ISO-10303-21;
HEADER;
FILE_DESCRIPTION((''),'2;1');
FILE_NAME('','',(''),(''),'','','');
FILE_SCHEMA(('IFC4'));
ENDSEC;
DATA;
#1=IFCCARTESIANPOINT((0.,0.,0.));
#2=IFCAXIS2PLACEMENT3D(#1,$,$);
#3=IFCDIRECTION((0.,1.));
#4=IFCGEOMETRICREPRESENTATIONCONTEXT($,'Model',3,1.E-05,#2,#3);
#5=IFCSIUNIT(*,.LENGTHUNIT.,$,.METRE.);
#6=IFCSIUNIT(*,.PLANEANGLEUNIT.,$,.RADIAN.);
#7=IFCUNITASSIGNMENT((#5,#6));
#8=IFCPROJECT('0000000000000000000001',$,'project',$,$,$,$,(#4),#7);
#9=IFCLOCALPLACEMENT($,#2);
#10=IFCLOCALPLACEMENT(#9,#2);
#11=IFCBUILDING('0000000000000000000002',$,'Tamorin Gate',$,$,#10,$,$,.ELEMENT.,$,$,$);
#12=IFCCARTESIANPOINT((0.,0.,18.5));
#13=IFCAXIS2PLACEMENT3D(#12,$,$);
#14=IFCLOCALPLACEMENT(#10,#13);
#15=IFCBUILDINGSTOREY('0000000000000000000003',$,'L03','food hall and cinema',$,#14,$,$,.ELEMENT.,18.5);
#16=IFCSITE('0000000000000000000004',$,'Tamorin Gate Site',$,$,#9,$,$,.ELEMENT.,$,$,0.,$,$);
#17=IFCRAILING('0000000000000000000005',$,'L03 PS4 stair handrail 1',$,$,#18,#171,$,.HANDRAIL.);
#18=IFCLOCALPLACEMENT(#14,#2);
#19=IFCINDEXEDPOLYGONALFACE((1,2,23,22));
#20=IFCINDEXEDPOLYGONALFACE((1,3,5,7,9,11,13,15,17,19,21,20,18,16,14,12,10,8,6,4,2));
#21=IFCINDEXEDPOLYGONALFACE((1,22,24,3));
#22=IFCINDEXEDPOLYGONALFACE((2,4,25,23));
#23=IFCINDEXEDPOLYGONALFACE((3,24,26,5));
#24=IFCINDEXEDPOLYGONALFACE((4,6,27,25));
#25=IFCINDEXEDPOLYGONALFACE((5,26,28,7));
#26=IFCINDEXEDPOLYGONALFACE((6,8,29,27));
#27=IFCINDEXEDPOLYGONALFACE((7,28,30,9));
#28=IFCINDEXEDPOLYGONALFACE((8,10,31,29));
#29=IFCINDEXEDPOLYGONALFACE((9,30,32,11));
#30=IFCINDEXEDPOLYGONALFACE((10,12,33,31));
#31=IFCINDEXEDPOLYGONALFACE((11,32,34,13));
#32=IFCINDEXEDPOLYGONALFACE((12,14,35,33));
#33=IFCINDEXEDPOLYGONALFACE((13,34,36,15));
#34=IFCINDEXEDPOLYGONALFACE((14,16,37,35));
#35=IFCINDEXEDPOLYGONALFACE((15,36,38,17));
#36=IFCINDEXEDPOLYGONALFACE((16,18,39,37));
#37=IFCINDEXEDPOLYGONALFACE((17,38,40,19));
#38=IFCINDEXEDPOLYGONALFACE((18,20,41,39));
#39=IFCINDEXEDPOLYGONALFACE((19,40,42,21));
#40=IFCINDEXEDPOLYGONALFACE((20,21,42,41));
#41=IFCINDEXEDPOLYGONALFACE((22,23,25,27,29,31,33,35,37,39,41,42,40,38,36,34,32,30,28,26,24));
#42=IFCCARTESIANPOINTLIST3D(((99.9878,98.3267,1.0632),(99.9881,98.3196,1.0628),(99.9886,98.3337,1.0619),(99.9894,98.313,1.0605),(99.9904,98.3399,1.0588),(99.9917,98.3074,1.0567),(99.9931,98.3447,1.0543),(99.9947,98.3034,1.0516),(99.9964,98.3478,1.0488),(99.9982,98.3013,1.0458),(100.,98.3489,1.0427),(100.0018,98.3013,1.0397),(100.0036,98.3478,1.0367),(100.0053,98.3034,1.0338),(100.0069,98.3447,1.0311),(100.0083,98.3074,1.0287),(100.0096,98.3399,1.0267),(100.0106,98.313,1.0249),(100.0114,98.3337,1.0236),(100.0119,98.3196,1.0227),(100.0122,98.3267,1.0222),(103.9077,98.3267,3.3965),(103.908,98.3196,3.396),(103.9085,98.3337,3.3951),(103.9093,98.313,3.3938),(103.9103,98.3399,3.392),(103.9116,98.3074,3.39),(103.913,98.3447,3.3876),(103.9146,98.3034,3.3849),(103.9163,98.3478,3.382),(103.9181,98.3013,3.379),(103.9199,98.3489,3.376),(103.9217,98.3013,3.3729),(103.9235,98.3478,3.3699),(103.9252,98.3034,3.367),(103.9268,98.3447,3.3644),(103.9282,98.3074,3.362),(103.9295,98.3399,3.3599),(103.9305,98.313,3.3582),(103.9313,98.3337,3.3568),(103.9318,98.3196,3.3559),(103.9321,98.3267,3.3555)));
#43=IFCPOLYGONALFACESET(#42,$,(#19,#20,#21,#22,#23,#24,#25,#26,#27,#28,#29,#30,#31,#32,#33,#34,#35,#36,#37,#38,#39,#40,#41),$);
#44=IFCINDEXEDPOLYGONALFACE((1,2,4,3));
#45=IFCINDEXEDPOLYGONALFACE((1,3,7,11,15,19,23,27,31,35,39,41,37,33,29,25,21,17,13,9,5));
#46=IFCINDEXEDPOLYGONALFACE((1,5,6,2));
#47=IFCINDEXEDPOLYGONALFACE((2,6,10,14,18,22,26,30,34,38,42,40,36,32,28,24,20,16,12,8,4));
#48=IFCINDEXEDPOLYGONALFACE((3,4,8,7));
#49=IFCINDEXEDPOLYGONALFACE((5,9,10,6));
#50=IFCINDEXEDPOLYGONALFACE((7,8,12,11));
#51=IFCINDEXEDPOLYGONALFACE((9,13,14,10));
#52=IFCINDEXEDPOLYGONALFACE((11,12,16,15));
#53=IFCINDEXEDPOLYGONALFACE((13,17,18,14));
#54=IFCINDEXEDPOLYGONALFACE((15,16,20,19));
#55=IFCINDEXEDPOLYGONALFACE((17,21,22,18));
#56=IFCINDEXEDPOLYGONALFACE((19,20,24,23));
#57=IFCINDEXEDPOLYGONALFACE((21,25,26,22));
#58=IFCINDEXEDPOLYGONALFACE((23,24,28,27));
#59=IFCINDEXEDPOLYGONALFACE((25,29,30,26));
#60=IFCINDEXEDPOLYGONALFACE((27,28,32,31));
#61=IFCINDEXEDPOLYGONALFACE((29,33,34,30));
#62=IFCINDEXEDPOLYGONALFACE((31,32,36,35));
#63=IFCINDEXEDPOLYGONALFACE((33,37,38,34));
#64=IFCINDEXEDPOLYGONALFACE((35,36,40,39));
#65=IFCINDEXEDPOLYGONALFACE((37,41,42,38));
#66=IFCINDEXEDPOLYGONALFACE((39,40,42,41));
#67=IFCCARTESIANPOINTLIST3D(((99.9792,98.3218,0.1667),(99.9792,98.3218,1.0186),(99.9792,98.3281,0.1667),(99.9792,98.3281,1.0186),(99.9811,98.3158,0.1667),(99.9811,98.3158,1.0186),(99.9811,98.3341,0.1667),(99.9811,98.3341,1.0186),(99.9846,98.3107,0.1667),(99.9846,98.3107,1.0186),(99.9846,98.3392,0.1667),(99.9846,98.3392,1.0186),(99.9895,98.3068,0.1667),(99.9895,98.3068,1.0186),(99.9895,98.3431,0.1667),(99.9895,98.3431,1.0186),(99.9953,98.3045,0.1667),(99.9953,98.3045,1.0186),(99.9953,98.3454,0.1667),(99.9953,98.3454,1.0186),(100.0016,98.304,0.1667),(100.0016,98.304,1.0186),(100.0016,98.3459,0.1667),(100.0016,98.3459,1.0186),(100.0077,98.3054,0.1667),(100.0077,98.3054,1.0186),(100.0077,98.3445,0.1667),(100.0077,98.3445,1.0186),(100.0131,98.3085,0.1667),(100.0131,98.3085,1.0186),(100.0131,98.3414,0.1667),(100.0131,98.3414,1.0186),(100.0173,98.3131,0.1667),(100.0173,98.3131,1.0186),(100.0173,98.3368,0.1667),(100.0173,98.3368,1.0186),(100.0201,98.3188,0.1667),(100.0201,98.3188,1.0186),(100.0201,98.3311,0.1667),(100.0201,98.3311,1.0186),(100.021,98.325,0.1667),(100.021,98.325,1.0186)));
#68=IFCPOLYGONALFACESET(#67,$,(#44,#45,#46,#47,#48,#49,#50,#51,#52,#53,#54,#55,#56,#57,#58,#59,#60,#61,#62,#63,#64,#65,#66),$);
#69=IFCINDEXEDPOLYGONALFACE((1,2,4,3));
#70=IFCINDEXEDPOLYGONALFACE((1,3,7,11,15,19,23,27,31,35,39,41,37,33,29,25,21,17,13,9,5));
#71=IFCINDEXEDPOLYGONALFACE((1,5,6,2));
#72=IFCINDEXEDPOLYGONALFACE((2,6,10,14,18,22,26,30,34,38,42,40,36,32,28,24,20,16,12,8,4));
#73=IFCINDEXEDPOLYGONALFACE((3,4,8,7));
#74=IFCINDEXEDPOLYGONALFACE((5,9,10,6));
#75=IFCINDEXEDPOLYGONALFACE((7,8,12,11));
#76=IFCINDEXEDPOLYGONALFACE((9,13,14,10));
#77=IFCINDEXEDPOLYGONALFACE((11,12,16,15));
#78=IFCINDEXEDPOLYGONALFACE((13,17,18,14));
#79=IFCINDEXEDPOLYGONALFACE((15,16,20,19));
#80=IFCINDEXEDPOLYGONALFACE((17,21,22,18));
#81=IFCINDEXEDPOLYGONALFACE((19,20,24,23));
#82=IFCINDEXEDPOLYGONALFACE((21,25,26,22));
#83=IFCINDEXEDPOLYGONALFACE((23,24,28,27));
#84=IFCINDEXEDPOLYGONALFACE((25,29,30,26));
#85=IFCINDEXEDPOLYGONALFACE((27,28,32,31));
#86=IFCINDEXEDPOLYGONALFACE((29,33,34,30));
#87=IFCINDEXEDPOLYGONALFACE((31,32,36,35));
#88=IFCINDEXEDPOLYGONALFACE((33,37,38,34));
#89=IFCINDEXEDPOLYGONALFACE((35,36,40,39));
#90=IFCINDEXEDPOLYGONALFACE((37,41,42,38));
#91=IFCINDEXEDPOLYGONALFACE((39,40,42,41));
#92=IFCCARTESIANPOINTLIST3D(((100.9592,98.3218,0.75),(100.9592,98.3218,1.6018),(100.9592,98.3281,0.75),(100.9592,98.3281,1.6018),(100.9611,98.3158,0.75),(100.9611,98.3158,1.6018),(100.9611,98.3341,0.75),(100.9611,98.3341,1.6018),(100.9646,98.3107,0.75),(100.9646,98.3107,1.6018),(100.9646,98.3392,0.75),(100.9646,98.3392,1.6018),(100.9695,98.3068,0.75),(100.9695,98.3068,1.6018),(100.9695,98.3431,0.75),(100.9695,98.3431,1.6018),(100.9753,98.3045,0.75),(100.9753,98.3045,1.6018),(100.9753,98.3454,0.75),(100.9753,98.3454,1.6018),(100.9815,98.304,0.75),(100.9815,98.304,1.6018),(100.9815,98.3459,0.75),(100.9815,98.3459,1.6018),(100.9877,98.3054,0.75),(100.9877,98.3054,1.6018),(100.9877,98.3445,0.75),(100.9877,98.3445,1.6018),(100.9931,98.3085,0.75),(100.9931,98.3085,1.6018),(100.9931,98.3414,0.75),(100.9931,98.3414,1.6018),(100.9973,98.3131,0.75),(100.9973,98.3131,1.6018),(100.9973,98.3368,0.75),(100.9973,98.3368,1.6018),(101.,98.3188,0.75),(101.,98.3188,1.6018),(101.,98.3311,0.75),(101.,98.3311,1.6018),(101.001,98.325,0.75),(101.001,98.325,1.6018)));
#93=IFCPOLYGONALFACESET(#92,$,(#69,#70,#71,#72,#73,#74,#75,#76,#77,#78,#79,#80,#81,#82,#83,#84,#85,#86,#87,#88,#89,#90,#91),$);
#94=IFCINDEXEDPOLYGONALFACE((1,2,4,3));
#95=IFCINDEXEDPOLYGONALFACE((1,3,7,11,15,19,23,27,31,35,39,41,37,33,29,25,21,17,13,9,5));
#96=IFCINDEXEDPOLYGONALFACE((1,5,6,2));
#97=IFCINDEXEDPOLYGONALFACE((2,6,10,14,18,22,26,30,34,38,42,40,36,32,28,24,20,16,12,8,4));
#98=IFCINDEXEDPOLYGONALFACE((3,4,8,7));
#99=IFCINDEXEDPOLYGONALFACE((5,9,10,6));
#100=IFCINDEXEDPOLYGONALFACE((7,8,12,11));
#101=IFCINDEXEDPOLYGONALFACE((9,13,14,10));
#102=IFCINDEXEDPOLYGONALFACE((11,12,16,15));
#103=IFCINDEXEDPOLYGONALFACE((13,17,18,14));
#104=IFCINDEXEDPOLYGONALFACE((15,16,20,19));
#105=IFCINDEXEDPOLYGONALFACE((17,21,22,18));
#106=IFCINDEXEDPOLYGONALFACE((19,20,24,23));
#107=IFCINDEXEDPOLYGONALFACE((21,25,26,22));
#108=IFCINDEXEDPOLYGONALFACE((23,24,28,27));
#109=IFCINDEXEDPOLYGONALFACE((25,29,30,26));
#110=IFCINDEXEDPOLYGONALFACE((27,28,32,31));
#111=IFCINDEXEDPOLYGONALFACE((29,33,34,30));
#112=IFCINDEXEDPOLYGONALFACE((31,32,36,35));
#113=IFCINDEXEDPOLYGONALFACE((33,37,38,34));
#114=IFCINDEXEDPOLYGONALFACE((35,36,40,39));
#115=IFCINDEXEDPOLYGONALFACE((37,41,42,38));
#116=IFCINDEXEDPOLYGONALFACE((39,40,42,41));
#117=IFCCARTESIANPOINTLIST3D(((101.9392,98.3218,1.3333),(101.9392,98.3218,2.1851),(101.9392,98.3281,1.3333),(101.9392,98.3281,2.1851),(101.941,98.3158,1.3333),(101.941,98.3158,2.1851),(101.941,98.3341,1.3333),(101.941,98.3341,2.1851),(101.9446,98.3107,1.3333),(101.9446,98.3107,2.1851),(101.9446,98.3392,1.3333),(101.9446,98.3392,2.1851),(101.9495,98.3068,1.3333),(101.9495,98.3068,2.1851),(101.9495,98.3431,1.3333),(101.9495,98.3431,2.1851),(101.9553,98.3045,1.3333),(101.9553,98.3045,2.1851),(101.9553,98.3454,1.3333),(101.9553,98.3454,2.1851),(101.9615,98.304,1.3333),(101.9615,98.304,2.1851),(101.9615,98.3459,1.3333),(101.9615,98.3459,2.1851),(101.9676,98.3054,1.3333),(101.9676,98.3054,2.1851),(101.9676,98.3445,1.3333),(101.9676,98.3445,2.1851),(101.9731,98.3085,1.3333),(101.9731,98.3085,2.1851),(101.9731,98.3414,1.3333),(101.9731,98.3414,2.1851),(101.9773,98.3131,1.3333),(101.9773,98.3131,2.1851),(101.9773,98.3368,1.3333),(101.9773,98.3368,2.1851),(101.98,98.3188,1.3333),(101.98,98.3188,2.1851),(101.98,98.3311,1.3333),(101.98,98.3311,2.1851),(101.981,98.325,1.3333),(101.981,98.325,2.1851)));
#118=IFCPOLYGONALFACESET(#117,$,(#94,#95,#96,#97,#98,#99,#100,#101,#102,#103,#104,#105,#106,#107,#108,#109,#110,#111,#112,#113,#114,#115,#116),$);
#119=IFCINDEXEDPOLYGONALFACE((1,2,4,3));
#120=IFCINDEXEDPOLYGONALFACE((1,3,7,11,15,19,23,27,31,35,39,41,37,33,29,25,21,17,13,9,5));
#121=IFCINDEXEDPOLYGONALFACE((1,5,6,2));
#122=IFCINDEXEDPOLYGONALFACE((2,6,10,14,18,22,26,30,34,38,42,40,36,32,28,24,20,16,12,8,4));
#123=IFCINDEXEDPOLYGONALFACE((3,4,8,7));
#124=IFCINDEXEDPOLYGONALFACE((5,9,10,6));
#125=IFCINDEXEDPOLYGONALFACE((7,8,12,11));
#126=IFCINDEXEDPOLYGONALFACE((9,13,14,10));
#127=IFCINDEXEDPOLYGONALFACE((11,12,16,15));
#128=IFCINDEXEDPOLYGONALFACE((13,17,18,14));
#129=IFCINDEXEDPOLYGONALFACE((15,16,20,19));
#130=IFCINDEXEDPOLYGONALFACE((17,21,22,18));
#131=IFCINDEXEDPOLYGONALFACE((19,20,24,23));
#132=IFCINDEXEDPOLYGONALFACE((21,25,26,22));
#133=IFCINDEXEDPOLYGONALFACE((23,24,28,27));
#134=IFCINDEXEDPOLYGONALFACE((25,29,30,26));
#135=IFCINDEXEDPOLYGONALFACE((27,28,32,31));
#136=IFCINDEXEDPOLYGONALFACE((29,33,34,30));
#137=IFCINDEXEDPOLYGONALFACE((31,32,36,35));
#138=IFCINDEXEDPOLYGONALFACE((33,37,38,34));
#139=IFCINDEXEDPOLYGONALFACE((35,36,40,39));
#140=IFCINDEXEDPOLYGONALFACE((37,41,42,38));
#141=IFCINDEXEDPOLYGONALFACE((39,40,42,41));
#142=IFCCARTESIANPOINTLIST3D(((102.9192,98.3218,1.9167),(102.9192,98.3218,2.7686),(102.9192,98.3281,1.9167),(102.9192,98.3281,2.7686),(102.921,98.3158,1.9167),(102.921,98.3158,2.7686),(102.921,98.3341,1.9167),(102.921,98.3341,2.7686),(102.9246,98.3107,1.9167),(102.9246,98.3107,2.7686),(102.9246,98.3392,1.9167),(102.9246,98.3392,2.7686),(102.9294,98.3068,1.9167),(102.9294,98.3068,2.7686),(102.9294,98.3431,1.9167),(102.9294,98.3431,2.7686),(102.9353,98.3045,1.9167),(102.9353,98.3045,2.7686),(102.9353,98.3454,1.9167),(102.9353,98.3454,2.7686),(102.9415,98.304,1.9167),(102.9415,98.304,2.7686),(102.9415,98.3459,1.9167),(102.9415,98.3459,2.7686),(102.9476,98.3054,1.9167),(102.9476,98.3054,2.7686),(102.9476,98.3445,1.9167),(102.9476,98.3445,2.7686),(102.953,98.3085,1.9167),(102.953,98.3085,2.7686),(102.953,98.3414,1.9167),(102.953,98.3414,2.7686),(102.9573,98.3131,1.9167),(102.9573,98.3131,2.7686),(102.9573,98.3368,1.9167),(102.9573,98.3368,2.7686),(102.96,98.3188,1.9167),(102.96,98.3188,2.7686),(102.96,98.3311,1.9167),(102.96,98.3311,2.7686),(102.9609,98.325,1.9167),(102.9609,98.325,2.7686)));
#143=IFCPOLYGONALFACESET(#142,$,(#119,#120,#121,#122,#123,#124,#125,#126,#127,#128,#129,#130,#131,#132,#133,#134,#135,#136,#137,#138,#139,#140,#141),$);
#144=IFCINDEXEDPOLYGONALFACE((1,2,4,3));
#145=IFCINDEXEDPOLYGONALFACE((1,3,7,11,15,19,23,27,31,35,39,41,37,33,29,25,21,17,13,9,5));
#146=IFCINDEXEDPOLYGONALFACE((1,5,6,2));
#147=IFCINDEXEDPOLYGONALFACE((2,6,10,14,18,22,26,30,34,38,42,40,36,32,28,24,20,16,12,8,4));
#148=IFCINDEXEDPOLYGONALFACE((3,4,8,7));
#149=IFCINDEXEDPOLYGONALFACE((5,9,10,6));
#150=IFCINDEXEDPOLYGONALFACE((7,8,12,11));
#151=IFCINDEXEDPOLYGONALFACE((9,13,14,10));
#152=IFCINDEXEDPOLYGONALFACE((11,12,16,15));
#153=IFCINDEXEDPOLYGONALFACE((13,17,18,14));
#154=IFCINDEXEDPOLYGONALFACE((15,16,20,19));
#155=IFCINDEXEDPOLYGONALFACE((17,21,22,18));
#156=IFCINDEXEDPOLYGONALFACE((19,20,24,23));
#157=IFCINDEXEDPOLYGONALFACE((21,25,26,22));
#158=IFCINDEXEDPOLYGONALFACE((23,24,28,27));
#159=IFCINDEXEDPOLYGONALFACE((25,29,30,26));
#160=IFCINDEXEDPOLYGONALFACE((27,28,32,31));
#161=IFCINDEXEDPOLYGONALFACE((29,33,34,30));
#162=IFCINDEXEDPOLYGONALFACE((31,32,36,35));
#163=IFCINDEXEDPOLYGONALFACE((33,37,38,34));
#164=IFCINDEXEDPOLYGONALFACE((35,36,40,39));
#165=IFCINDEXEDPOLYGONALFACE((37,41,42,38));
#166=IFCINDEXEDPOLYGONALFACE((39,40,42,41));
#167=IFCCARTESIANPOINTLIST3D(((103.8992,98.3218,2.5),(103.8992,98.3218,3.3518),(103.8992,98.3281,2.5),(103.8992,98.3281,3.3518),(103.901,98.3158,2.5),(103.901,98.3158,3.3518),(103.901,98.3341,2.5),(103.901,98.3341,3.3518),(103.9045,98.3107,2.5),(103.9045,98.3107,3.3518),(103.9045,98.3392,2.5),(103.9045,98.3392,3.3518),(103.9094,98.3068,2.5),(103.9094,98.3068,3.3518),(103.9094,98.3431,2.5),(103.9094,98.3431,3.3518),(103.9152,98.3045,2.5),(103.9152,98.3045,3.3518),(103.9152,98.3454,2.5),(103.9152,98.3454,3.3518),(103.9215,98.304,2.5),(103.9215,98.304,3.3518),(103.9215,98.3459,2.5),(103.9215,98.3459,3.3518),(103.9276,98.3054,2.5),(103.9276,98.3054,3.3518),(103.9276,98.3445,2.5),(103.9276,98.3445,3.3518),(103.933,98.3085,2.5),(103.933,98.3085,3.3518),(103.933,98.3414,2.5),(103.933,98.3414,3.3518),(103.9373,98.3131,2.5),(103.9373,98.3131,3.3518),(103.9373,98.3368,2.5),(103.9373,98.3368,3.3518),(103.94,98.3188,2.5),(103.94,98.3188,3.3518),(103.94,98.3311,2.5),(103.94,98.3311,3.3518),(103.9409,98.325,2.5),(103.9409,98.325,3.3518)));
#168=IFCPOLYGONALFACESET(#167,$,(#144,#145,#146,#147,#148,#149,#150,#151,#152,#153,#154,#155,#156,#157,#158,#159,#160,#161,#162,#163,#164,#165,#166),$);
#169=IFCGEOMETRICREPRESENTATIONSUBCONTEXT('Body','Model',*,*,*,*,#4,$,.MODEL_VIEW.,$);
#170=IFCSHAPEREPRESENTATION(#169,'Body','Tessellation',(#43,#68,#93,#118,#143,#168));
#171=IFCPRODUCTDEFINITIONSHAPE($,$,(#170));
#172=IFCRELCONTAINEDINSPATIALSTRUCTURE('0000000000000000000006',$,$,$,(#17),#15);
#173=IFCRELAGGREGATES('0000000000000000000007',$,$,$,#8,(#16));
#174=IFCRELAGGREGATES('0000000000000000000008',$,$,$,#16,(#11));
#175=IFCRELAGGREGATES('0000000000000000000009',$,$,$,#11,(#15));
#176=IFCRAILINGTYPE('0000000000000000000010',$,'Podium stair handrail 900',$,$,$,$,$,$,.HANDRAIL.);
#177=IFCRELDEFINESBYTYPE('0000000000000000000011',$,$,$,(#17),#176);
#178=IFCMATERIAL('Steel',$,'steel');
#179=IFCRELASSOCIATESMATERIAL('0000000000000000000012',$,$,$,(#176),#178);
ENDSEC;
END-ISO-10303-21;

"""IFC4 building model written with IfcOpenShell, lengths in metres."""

from ifc_helpers import new_model, si_unit, direction, frame, origin, origin_2d, place, context, subcontext, project, spatial, circle, extrude, material, type_object, element, save


model = new_model("IFC4")

# Units and contexts
model_context = context("Model", 3, precision=1e-05, world=origin(), true_north=direction((0.0, 1.0)))
body_context = subcontext(model_context, "Body", "Model", "MODEL_VIEW")
ifc_project = project(units=[si_unit("LENGTHUNIT", "METRE"), si_unit("PLANEANGLEUNIT", "RADIAN")], contexts=[model_context])

# Site, building, storey
site_placement = place(None, origin())
site = spatial("IfcSite", under=ifc_project, at=site_placement, Name="Tamorin Gate Site", CompositionType="ELEMENT", RefElevation=0.0)
building_placement = place(site_placement, origin())
building = spatial("IfcBuilding", under=site, at=building_placement, Name="Tamorin Gate", CompositionType="ELEMENT")
storey_placement = place(building_placement, frame((0.0, 0.0, 18.5)))
storey = spatial("IfcBuildingStorey", under=building, at=storey_placement, Name="L03", Description="food hall and cinema", CompositionType="ELEMENT", Elevation=18.5)

# Railing
ifc_material_1 = material(Name="Steel", Category="steel")
railing_type_1 = type_object("IfcRailingType", Name="Podium stair handrail 900", PredefinedType="HANDRAIL", material=ifc_material_1)
railing_1_placement = place(storey_placement, frame((100.0, 98.325, 0.1667)))
element("IfcRailing", 1, at=railing_1_placement, inside=storey, type_object=railing_type_1, Name="L03 PS4 stair handrail 1", PredefinedType="HANDRAIL", context=body_context, shape_type="SweptSolid", body=[
    extrude(circle(Radius=0.0239, at=origin_2d()), frame((0.0, 0.0, 0.876), z_axis=(0.859296, 0.0, 0.511478), x_axis=(0.0, 1.0, 0.0)), (0.0, 0.0, 1.0), 4.5618),
    extrude(circle(Radius=0.021, at=origin_2d()), origin(), (0.0, 0.0, 1.0), 0.8518),
    extrude(circle(Radius=0.021, at=origin_2d()), frame((0.98, 0.0, 0.5833)), (0.0, 0.0, 1.0), 0.8518),
    extrude(circle(Radius=0.021, at=origin_2d()), frame((1.96, 0.0, 1.1665)), (0.0, 0.0, 1.0), 0.8518),
    extrude(circle(Radius=0.021, at=origin_2d()), frame((2.9399, 0.0, 1.75)), (0.0, 0.0, 1.0), 0.8518),
    extrude(circle(Radius=0.021, at=origin_2d()), frame((3.9199, 0.0, 2.3333)), (0.0, 0.0, 1.0), 0.8518),
])

save(model, "model.ifc")
